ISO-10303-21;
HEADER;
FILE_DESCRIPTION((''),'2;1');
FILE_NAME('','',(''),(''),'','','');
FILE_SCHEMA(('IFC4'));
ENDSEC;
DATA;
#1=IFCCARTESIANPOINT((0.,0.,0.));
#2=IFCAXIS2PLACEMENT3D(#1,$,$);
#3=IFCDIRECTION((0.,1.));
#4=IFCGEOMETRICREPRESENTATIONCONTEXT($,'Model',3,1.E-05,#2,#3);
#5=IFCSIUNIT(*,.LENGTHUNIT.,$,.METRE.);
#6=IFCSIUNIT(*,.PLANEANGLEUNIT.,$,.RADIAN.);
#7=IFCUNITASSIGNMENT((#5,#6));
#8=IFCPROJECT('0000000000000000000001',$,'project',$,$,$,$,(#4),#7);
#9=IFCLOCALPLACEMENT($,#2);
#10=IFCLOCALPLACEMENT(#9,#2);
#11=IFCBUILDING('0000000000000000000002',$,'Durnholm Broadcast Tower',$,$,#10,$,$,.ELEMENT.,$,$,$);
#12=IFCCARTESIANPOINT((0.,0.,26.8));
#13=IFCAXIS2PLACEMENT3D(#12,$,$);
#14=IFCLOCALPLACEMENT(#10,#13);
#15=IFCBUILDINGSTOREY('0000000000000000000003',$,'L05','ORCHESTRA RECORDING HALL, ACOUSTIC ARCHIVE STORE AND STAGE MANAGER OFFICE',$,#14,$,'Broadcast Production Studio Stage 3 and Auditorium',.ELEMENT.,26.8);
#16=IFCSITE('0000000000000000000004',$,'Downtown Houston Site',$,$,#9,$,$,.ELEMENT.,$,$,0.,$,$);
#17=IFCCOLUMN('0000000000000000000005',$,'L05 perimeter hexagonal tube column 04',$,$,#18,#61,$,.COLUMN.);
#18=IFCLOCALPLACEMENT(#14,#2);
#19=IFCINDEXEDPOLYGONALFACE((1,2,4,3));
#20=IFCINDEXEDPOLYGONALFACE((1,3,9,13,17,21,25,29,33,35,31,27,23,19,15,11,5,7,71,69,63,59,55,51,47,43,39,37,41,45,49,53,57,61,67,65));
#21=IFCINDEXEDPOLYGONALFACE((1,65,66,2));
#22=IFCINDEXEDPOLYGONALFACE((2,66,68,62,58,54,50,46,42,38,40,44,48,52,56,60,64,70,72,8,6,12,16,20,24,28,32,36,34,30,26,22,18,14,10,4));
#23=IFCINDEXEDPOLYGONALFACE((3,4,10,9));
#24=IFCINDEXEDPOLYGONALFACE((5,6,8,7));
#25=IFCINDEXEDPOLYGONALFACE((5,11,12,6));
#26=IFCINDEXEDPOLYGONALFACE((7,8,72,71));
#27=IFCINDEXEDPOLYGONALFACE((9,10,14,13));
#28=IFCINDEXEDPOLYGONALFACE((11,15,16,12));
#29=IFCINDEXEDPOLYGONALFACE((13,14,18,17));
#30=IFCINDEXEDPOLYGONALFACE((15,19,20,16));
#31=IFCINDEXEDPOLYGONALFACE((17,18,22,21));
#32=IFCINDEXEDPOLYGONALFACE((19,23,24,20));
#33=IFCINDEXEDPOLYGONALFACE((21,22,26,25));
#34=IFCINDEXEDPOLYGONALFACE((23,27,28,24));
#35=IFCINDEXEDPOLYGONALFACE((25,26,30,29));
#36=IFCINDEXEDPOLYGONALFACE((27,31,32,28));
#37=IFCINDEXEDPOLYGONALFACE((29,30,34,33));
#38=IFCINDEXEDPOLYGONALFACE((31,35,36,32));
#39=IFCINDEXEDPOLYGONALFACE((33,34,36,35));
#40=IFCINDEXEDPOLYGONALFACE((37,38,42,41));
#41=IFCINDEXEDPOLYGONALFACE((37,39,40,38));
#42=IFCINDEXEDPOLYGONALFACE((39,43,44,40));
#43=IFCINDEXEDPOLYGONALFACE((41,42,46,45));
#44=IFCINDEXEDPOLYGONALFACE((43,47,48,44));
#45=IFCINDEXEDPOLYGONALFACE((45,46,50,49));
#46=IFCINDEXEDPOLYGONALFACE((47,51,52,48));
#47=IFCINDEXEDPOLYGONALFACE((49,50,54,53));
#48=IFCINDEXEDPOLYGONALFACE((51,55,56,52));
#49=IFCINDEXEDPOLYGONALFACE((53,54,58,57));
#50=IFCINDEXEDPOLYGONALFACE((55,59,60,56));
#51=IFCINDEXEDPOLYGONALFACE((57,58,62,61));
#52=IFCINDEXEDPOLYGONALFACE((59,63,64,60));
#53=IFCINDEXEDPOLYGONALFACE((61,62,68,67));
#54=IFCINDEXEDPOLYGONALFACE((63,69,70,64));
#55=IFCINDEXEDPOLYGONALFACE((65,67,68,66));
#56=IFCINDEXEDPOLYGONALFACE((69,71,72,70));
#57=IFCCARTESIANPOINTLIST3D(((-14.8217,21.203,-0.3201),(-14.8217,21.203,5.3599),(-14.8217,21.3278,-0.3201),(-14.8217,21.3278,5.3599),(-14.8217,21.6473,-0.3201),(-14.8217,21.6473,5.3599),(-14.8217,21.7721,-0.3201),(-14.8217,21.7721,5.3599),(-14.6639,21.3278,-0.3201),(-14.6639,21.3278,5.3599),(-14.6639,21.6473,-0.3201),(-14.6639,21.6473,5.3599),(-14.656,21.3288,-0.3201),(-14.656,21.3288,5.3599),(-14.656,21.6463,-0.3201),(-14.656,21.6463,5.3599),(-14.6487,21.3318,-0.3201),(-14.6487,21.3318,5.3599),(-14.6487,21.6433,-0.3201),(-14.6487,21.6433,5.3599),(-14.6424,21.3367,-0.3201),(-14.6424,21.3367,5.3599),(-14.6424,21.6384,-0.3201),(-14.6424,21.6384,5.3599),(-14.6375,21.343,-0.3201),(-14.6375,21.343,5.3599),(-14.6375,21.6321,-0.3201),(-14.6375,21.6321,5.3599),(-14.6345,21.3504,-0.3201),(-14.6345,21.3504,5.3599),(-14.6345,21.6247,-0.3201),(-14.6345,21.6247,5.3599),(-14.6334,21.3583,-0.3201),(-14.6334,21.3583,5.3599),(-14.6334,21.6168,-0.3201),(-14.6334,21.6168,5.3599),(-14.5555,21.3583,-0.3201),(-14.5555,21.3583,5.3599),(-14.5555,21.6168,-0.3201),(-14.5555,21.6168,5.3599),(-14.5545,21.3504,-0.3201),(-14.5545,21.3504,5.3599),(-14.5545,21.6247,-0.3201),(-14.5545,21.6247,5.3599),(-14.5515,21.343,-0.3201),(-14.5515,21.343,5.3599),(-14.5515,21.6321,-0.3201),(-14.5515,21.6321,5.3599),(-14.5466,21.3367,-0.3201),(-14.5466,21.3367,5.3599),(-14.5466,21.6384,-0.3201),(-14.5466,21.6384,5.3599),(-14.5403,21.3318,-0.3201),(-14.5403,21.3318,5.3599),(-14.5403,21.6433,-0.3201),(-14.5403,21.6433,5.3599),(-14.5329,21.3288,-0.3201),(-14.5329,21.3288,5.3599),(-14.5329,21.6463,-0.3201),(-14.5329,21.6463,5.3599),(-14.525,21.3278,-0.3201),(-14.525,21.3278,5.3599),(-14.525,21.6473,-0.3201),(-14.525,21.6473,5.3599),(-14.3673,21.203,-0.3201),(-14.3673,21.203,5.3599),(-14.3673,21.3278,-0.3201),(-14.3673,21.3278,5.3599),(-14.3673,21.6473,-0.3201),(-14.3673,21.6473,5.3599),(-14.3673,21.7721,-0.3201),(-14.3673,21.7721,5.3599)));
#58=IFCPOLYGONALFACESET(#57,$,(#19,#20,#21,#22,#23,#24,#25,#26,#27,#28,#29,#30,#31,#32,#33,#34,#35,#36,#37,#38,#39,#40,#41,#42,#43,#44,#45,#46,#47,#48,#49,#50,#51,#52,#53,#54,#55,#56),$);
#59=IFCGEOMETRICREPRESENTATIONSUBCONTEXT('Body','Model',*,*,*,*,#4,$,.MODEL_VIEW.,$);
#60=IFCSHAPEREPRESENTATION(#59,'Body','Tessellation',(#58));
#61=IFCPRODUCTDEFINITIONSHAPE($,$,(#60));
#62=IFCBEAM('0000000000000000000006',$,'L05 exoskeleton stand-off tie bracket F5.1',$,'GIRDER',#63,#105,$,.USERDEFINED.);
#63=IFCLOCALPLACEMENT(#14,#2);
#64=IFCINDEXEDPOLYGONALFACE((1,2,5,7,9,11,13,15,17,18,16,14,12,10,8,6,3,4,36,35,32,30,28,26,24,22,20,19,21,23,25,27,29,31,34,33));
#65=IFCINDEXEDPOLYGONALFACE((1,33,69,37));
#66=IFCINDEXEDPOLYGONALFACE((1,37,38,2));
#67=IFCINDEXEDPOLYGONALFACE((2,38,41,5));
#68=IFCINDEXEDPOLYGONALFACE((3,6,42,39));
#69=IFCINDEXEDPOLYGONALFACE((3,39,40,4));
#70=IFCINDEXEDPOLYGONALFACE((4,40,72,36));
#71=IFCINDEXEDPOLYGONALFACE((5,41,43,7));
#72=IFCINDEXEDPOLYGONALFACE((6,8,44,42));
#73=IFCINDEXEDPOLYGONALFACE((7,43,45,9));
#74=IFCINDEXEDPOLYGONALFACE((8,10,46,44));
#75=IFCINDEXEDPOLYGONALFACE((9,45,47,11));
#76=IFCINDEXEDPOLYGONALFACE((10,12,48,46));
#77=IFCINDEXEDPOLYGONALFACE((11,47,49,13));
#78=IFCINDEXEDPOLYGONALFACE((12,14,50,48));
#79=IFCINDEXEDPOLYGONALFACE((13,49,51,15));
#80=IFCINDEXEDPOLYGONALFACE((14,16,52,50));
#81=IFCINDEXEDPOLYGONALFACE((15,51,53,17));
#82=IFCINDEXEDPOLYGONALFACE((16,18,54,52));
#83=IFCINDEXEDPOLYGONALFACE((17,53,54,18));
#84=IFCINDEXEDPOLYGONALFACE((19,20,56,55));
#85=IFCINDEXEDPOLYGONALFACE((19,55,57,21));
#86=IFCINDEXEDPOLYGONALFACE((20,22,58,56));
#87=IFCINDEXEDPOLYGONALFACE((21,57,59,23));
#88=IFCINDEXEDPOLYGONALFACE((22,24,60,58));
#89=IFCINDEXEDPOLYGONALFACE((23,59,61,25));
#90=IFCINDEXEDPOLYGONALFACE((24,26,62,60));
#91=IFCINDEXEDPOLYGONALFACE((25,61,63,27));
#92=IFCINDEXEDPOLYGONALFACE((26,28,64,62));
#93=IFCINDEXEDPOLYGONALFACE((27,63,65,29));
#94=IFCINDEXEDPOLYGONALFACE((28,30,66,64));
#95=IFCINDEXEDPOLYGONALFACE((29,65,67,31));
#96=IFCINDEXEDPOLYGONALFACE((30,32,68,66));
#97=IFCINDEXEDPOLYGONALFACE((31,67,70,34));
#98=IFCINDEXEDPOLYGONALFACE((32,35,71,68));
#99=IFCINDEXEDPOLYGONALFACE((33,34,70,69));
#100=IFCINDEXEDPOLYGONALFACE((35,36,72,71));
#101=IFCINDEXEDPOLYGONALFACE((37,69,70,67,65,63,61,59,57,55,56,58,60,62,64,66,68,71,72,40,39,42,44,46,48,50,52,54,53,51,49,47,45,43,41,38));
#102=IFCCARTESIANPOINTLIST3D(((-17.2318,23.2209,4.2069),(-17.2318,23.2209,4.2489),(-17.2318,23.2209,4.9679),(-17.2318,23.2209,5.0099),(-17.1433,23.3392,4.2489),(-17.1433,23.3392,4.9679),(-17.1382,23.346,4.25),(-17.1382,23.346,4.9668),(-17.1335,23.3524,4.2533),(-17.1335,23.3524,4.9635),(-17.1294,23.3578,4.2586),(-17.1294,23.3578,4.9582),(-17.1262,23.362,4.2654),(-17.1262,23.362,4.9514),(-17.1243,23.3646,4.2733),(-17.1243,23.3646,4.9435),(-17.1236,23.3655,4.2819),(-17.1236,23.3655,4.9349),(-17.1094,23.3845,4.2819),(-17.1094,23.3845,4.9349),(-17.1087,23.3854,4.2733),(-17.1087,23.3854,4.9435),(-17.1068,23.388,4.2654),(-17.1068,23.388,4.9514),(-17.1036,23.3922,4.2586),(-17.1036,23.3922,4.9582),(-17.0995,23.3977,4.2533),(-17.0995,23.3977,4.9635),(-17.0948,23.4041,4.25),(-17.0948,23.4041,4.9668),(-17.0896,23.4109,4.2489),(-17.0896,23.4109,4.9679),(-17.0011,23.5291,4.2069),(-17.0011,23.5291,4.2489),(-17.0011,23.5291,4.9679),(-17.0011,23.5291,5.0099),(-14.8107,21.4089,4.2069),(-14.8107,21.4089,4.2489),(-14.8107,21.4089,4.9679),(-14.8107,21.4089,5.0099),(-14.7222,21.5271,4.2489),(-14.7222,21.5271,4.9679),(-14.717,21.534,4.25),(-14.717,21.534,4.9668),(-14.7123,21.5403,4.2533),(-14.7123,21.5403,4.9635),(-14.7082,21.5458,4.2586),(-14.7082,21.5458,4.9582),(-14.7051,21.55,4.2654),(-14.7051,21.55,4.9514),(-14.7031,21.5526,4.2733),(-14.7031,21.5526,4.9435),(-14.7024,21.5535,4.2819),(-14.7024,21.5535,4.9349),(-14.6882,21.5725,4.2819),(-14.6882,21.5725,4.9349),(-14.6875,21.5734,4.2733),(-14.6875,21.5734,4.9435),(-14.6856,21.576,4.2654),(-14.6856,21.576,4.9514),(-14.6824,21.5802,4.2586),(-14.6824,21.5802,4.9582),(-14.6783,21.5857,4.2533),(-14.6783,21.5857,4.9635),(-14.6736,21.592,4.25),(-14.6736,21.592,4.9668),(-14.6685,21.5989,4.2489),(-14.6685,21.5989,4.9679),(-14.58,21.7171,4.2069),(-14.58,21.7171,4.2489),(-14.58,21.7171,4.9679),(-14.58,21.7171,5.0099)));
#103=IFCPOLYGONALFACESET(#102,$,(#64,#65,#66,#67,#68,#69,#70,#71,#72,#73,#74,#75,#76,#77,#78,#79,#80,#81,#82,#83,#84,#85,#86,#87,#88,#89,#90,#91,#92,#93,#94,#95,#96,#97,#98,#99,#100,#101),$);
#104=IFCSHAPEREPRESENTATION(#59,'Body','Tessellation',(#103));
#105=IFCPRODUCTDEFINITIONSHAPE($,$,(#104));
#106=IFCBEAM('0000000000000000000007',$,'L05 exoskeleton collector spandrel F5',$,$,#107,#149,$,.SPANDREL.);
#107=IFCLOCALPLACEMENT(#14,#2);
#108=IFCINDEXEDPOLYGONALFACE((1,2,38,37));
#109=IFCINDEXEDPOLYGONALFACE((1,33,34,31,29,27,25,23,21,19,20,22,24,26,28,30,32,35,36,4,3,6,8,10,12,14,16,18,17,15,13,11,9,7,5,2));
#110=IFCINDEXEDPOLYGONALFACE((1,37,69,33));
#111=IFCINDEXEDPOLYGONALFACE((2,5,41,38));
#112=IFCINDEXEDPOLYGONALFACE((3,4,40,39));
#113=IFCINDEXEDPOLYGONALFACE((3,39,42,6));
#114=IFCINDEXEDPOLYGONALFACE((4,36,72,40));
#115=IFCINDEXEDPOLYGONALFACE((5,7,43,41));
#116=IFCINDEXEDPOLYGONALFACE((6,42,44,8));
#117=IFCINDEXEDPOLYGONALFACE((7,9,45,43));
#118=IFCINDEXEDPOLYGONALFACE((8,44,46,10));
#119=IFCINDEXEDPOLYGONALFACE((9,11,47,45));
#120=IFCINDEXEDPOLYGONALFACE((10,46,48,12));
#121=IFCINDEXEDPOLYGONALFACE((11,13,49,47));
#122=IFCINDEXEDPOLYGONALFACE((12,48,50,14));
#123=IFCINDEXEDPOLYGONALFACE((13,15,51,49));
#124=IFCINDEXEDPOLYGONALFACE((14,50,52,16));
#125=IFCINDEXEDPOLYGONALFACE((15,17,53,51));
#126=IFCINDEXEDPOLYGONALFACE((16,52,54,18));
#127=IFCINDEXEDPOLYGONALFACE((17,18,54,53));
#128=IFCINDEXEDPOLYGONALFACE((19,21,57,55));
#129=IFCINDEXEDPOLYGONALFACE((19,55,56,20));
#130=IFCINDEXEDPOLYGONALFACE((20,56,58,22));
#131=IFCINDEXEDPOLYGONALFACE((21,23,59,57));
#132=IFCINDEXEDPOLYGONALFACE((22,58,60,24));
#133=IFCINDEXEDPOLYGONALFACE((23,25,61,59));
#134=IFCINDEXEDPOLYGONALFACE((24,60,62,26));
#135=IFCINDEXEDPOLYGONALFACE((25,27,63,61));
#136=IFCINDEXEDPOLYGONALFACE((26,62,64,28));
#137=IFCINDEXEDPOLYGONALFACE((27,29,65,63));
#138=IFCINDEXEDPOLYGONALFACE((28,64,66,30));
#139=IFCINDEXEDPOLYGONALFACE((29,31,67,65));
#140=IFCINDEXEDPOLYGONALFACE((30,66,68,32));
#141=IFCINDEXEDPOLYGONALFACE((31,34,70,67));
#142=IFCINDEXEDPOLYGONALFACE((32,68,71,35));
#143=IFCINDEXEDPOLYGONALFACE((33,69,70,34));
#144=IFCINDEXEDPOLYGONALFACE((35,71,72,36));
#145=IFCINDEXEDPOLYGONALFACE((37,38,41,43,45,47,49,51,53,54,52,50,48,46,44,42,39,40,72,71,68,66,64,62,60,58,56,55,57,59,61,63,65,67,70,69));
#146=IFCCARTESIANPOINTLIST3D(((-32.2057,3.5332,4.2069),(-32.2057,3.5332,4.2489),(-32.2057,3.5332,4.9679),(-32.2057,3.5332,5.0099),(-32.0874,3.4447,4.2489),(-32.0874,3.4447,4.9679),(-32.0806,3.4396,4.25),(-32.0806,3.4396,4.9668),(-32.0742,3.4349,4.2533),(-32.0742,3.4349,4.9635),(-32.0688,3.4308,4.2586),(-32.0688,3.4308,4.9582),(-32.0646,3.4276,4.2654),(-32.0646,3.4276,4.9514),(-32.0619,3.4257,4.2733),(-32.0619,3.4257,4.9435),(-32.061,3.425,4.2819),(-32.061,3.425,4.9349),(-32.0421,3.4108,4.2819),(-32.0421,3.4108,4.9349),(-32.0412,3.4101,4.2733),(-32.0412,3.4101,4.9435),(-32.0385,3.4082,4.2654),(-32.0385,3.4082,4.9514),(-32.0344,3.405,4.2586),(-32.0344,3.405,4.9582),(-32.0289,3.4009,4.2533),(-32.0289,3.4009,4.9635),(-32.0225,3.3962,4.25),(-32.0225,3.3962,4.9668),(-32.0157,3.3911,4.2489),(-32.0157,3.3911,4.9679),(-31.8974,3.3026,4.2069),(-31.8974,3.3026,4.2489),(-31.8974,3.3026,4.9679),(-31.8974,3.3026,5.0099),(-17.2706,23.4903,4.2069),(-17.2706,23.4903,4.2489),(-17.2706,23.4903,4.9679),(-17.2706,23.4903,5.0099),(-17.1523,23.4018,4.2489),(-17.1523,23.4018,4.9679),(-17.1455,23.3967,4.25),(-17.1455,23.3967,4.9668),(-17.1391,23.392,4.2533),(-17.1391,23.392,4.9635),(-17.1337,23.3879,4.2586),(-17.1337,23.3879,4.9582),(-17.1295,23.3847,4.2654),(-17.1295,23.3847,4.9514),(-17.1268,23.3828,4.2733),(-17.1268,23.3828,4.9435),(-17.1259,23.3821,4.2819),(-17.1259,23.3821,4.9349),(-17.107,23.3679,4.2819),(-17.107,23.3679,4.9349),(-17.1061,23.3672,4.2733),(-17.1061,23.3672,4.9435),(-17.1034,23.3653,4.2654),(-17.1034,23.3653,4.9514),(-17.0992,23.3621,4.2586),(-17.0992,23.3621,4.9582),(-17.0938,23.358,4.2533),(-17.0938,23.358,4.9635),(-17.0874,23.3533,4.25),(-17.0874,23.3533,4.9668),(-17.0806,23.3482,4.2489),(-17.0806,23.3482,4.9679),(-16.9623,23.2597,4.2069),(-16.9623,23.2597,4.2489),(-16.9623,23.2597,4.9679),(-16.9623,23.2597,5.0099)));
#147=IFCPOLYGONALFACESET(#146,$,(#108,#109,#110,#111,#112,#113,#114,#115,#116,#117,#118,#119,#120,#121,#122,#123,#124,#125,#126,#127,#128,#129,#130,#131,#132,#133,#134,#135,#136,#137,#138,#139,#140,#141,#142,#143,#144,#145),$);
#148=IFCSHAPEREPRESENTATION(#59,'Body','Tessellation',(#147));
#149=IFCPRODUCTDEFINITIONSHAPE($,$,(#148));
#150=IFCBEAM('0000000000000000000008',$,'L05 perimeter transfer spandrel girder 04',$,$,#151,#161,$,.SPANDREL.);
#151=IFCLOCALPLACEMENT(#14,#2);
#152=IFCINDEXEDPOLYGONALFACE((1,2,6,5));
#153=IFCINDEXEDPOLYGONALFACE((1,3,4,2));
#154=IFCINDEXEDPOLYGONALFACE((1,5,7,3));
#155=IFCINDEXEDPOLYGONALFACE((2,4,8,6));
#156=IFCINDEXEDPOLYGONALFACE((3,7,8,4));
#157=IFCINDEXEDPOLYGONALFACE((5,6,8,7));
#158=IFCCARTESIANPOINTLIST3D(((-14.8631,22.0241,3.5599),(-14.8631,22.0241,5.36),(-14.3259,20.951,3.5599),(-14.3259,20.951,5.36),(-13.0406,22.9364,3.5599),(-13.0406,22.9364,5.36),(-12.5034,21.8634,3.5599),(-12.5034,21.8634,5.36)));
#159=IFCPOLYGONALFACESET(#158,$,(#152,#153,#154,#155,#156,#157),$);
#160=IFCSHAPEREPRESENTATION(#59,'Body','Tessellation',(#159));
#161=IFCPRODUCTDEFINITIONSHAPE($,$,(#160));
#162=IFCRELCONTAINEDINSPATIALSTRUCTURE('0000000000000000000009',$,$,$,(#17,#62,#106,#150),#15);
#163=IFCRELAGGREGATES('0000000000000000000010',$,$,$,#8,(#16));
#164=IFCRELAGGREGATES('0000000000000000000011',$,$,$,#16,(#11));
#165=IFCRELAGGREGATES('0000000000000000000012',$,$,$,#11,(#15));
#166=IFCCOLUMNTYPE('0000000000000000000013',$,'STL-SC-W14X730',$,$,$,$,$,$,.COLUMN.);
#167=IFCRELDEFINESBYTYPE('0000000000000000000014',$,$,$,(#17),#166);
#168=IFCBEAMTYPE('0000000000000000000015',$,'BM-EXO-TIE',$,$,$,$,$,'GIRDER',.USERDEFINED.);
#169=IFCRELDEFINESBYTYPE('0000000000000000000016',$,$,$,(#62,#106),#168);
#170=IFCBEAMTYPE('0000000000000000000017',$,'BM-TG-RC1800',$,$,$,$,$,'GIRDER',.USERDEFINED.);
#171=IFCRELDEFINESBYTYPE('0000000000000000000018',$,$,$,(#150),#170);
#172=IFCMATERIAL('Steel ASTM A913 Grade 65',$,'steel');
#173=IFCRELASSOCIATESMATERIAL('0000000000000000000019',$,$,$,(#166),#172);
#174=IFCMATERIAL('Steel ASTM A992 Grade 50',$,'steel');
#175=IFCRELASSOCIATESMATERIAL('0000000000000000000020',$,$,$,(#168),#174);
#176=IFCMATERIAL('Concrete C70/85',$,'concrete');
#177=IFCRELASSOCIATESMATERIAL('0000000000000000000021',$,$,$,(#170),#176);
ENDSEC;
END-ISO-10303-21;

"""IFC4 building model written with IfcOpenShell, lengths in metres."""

from ifc_helpers import new_model, si_unit, direction, frame, origin, origin_2d, place, context, subcontext, project, spatial, rectangle, i_section, extrude, source, transform, mapped, material, material_profile, profile_set, type_object, type_shapes, element, save


model = new_model("IFC4")

# Units and contexts
model_context = context("Model", 3, precision=1e-05, world=origin(), true_north=direction((0.0, 1.0)))
body_context = subcontext(model_context, "Body", "Model", "MODEL_VIEW")
ifc_project = project(units=[si_unit("LENGTHUNIT", "METRE"), si_unit("PLANEANGLEUNIT", "RADIAN")], contexts=[model_context])

# Site, building, storey
site_placement = place(None, origin())
site = spatial("IfcSite", under=ifc_project, at=site_placement, Name="Downtown Houston Site", CompositionType="ELEMENT", RefElevation=0.0)
building_placement = place(site_placement, origin())
building = spatial("IfcBuilding", under=site, at=building_placement, Name="Durnholm Broadcast Tower", CompositionType="ELEMENT")
storey_placement = place(building_placement, frame((0.0, 0.0, 26.8)))
storey = spatial("IfcBuildingStorey", under=building, at=storey_placement, Name="L05", Description="ORCHESTRA RECORDING HALL, ACOUSTIC ARCHIVE STORE AND STAGE MANAGER OFFICE", LongName="Broadcast Production Studio Stage 3 and Auditorium", CompositionType="ELEMENT", Elevation=26.8)

# Column
ifc_material_1 = material(Name="Steel ASTM A913 Grade 65", Category="steel")
ifc_material_profile_1 = material_profile(ifc_material_1, i_section(OverallWidth=0.4543, OverallDepth=0.5691, WebThickness=0.0779, FlangeThickness=0.1248, FilletRadius=0.0305, at=origin_2d()), Name="W14X730")
ifc_profile_set_1 = profile_set([ifc_material_profile_1], Name="Steel ASTM A913 Grade 65")
column_type = type_object("IfcColumnType", Name="STL-SC-W14X730", PredefinedType="COLUMN", material=ifc_profile_set_1)
shared_shape_1 = source(origin(), body_context, "Body", "SweptSolid", [
    extrude(i_section(OverallWidth=0.4543, OverallDepth=0.5691, WebThickness=0.0779, FlangeThickness=0.1248, FilletRadius=0.0305, at=origin_2d()), origin(), (0.0, 0.0, 1.0), 5.6799),
])
type_shapes(column_type, [shared_shape_1])
column_placement = place(storey_placement, frame((-14.5945, 21.4875, -0.3201), z_axis=(0.0, 0.0, 1.0), x_axis=(1.0, 0.0, 0.0)))
element("IfcColumn", 1, at=column_placement, inside=storey, type_object=column_type, Name="L05 perimeter hexagonal tube column 04", PredefinedType="COLUMN", context=body_context, shape_type="MappedRepresentation", body=[
    mapped(shared_shape_1, transform((0.0, 0.0, 0.0), x_axis=(1.0, 0.0, 0.0), y_axis=(0.0, 1.0, 0.0), z_axis=(0.0, 0.0, 1.0), scale=1.0)),
])

# Beams
ifc_material_2 = material(Name="Steel ASTM A992 Grade 50", Category="steel")
ifc_material_profile_2 = material_profile(ifc_material_2, i_section(OverallWidth=0.385, OverallDepth=0.803, WebThickness=0.0237, FlangeThickness=0.042, FilletRadius=0.033, at=origin_2d()), Name="W30X261")
ifc_profile_set_2 = profile_set([ifc_material_profile_2], Name="Steel ASTM A992 Grade 50")
beam_type_1 = type_object("IfcBeamType", Name="BM-EXO-TIE", ElementType="GIRDER", PredefinedType="USERDEFINED", material=ifc_profile_set_2)
shared_shape_2 = source(origin(), body_context, "Body", "SweptSolid", [
    extrude(i_section(OverallWidth=0.385, OverallDepth=0.803, WebThickness=0.0237, FlangeThickness=0.042, FilletRadius=0.033, at=origin_2d()), origin(), (0.0, 0.0, 1.0), 3.0242),
])
beam_1_placement = place(storey_placement, frame((-14.6953, 21.563, 4.6084), z_axis=(-0.80061, 0.599186, 0.0), x_axis=(-0.599186, -0.80061, 0.0)))
element("IfcBeam", 2, at=beam_1_placement, inside=storey, type_object=beam_type_1, Name="L05 exoskeleton stand-off tie bracket F5.1", ObjectType="GIRDER", PredefinedType="USERDEFINED", context=body_context, shape_type="MappedRepresentation", body=[
    mapped(shared_shape_2, transform((0.0, 0.0, 0.0), x_axis=(1.0, 0.0, 0.0), y_axis=(0.0, 1.0, 0.0), z_axis=(0.0, 0.0, 1.0), scale=1.0)),
])
shared_shape_3 = source(origin(), body_context, "Body", "SweptSolid", [
    extrude(i_section(OverallWidth=0.385, OverallDepth=0.803, WebThickness=0.0237, FlangeThickness=0.042, FilletRadius=0.033, at=origin_2d()), origin(), (0.0, 0.0, 1.0), 24.9268),
])
type_shapes(beam_type_1, [shared_shape_2, shared_shape_3])
beam_2_placement = place(storey_placement, frame((-17.1165, 23.375, 4.6084), z_axis=(-0.59916, -0.80063, 0.0), x_axis=(0.80063, -0.59916, 0.0)))
element("IfcBeam", 3, at=beam_2_placement, inside=storey, type_object=beam_type_1, Name="L05 exoskeleton collector spandrel F5", PredefinedType="SPANDREL", context=body_context, shape_type="MappedRepresentation", body=[
    mapped(shared_shape_3, transform((0.0, 0.0, 0.0), x_axis=(1.0, 0.0, 0.0), y_axis=(0.0, 1.0, 0.0), z_axis=(0.0, 0.0, 1.0), scale=1.0)),
])
ifc_material_3 = material(Name="Concrete C70/85", Category="concrete")
ifc_material_profile_3 = material_profile(ifc_material_3, rectangle(XDim=1.2, YDim=1.8, at=origin_2d()), Name="RC1200X1800")
ifc_profile_set_3 = profile_set([ifc_material_profile_3], Name="Concrete C70/85")
beam_type_2 = type_object("IfcBeamType", Name="BM-TG-RC1800", ElementType="GIRDER", PredefinedType="USERDEFINED", material=ifc_profile_set_3)
shared_shape_4 = source(origin(), body_context, "Body", "SweptSolid", [
    extrude(rectangle(XDim=1.2, YDim=1.8, at=origin_2d()), origin(), (0.0, 0.0, 1.0), 2.0381),
])
type_shapes(beam_type_2, [shared_shape_4])
beam_3_placement = place(storey_placement, frame((-14.5945, 21.4875, 4.46), z_axis=(0.894211, 0.447645, 0.0), x_axis=(-0.447645, 0.894211, 0.0)))
element("IfcBeam", 4, at=beam_3_placement, inside=storey, type_object=beam_type_2, Name="L05 perimeter transfer spandrel girder 04", PredefinedType="SPANDREL", context=body_context, shape_type="MappedRepresentation", body=[
    mapped(shared_shape_4, transform((0.0, 0.0, 0.0), x_axis=(1.0, 0.0, 0.0), y_axis=(0.0, 1.0, 0.0), z_axis=(0.0, 0.0, 1.0), scale=1.0)),
])

save(model, "model.ifc")
